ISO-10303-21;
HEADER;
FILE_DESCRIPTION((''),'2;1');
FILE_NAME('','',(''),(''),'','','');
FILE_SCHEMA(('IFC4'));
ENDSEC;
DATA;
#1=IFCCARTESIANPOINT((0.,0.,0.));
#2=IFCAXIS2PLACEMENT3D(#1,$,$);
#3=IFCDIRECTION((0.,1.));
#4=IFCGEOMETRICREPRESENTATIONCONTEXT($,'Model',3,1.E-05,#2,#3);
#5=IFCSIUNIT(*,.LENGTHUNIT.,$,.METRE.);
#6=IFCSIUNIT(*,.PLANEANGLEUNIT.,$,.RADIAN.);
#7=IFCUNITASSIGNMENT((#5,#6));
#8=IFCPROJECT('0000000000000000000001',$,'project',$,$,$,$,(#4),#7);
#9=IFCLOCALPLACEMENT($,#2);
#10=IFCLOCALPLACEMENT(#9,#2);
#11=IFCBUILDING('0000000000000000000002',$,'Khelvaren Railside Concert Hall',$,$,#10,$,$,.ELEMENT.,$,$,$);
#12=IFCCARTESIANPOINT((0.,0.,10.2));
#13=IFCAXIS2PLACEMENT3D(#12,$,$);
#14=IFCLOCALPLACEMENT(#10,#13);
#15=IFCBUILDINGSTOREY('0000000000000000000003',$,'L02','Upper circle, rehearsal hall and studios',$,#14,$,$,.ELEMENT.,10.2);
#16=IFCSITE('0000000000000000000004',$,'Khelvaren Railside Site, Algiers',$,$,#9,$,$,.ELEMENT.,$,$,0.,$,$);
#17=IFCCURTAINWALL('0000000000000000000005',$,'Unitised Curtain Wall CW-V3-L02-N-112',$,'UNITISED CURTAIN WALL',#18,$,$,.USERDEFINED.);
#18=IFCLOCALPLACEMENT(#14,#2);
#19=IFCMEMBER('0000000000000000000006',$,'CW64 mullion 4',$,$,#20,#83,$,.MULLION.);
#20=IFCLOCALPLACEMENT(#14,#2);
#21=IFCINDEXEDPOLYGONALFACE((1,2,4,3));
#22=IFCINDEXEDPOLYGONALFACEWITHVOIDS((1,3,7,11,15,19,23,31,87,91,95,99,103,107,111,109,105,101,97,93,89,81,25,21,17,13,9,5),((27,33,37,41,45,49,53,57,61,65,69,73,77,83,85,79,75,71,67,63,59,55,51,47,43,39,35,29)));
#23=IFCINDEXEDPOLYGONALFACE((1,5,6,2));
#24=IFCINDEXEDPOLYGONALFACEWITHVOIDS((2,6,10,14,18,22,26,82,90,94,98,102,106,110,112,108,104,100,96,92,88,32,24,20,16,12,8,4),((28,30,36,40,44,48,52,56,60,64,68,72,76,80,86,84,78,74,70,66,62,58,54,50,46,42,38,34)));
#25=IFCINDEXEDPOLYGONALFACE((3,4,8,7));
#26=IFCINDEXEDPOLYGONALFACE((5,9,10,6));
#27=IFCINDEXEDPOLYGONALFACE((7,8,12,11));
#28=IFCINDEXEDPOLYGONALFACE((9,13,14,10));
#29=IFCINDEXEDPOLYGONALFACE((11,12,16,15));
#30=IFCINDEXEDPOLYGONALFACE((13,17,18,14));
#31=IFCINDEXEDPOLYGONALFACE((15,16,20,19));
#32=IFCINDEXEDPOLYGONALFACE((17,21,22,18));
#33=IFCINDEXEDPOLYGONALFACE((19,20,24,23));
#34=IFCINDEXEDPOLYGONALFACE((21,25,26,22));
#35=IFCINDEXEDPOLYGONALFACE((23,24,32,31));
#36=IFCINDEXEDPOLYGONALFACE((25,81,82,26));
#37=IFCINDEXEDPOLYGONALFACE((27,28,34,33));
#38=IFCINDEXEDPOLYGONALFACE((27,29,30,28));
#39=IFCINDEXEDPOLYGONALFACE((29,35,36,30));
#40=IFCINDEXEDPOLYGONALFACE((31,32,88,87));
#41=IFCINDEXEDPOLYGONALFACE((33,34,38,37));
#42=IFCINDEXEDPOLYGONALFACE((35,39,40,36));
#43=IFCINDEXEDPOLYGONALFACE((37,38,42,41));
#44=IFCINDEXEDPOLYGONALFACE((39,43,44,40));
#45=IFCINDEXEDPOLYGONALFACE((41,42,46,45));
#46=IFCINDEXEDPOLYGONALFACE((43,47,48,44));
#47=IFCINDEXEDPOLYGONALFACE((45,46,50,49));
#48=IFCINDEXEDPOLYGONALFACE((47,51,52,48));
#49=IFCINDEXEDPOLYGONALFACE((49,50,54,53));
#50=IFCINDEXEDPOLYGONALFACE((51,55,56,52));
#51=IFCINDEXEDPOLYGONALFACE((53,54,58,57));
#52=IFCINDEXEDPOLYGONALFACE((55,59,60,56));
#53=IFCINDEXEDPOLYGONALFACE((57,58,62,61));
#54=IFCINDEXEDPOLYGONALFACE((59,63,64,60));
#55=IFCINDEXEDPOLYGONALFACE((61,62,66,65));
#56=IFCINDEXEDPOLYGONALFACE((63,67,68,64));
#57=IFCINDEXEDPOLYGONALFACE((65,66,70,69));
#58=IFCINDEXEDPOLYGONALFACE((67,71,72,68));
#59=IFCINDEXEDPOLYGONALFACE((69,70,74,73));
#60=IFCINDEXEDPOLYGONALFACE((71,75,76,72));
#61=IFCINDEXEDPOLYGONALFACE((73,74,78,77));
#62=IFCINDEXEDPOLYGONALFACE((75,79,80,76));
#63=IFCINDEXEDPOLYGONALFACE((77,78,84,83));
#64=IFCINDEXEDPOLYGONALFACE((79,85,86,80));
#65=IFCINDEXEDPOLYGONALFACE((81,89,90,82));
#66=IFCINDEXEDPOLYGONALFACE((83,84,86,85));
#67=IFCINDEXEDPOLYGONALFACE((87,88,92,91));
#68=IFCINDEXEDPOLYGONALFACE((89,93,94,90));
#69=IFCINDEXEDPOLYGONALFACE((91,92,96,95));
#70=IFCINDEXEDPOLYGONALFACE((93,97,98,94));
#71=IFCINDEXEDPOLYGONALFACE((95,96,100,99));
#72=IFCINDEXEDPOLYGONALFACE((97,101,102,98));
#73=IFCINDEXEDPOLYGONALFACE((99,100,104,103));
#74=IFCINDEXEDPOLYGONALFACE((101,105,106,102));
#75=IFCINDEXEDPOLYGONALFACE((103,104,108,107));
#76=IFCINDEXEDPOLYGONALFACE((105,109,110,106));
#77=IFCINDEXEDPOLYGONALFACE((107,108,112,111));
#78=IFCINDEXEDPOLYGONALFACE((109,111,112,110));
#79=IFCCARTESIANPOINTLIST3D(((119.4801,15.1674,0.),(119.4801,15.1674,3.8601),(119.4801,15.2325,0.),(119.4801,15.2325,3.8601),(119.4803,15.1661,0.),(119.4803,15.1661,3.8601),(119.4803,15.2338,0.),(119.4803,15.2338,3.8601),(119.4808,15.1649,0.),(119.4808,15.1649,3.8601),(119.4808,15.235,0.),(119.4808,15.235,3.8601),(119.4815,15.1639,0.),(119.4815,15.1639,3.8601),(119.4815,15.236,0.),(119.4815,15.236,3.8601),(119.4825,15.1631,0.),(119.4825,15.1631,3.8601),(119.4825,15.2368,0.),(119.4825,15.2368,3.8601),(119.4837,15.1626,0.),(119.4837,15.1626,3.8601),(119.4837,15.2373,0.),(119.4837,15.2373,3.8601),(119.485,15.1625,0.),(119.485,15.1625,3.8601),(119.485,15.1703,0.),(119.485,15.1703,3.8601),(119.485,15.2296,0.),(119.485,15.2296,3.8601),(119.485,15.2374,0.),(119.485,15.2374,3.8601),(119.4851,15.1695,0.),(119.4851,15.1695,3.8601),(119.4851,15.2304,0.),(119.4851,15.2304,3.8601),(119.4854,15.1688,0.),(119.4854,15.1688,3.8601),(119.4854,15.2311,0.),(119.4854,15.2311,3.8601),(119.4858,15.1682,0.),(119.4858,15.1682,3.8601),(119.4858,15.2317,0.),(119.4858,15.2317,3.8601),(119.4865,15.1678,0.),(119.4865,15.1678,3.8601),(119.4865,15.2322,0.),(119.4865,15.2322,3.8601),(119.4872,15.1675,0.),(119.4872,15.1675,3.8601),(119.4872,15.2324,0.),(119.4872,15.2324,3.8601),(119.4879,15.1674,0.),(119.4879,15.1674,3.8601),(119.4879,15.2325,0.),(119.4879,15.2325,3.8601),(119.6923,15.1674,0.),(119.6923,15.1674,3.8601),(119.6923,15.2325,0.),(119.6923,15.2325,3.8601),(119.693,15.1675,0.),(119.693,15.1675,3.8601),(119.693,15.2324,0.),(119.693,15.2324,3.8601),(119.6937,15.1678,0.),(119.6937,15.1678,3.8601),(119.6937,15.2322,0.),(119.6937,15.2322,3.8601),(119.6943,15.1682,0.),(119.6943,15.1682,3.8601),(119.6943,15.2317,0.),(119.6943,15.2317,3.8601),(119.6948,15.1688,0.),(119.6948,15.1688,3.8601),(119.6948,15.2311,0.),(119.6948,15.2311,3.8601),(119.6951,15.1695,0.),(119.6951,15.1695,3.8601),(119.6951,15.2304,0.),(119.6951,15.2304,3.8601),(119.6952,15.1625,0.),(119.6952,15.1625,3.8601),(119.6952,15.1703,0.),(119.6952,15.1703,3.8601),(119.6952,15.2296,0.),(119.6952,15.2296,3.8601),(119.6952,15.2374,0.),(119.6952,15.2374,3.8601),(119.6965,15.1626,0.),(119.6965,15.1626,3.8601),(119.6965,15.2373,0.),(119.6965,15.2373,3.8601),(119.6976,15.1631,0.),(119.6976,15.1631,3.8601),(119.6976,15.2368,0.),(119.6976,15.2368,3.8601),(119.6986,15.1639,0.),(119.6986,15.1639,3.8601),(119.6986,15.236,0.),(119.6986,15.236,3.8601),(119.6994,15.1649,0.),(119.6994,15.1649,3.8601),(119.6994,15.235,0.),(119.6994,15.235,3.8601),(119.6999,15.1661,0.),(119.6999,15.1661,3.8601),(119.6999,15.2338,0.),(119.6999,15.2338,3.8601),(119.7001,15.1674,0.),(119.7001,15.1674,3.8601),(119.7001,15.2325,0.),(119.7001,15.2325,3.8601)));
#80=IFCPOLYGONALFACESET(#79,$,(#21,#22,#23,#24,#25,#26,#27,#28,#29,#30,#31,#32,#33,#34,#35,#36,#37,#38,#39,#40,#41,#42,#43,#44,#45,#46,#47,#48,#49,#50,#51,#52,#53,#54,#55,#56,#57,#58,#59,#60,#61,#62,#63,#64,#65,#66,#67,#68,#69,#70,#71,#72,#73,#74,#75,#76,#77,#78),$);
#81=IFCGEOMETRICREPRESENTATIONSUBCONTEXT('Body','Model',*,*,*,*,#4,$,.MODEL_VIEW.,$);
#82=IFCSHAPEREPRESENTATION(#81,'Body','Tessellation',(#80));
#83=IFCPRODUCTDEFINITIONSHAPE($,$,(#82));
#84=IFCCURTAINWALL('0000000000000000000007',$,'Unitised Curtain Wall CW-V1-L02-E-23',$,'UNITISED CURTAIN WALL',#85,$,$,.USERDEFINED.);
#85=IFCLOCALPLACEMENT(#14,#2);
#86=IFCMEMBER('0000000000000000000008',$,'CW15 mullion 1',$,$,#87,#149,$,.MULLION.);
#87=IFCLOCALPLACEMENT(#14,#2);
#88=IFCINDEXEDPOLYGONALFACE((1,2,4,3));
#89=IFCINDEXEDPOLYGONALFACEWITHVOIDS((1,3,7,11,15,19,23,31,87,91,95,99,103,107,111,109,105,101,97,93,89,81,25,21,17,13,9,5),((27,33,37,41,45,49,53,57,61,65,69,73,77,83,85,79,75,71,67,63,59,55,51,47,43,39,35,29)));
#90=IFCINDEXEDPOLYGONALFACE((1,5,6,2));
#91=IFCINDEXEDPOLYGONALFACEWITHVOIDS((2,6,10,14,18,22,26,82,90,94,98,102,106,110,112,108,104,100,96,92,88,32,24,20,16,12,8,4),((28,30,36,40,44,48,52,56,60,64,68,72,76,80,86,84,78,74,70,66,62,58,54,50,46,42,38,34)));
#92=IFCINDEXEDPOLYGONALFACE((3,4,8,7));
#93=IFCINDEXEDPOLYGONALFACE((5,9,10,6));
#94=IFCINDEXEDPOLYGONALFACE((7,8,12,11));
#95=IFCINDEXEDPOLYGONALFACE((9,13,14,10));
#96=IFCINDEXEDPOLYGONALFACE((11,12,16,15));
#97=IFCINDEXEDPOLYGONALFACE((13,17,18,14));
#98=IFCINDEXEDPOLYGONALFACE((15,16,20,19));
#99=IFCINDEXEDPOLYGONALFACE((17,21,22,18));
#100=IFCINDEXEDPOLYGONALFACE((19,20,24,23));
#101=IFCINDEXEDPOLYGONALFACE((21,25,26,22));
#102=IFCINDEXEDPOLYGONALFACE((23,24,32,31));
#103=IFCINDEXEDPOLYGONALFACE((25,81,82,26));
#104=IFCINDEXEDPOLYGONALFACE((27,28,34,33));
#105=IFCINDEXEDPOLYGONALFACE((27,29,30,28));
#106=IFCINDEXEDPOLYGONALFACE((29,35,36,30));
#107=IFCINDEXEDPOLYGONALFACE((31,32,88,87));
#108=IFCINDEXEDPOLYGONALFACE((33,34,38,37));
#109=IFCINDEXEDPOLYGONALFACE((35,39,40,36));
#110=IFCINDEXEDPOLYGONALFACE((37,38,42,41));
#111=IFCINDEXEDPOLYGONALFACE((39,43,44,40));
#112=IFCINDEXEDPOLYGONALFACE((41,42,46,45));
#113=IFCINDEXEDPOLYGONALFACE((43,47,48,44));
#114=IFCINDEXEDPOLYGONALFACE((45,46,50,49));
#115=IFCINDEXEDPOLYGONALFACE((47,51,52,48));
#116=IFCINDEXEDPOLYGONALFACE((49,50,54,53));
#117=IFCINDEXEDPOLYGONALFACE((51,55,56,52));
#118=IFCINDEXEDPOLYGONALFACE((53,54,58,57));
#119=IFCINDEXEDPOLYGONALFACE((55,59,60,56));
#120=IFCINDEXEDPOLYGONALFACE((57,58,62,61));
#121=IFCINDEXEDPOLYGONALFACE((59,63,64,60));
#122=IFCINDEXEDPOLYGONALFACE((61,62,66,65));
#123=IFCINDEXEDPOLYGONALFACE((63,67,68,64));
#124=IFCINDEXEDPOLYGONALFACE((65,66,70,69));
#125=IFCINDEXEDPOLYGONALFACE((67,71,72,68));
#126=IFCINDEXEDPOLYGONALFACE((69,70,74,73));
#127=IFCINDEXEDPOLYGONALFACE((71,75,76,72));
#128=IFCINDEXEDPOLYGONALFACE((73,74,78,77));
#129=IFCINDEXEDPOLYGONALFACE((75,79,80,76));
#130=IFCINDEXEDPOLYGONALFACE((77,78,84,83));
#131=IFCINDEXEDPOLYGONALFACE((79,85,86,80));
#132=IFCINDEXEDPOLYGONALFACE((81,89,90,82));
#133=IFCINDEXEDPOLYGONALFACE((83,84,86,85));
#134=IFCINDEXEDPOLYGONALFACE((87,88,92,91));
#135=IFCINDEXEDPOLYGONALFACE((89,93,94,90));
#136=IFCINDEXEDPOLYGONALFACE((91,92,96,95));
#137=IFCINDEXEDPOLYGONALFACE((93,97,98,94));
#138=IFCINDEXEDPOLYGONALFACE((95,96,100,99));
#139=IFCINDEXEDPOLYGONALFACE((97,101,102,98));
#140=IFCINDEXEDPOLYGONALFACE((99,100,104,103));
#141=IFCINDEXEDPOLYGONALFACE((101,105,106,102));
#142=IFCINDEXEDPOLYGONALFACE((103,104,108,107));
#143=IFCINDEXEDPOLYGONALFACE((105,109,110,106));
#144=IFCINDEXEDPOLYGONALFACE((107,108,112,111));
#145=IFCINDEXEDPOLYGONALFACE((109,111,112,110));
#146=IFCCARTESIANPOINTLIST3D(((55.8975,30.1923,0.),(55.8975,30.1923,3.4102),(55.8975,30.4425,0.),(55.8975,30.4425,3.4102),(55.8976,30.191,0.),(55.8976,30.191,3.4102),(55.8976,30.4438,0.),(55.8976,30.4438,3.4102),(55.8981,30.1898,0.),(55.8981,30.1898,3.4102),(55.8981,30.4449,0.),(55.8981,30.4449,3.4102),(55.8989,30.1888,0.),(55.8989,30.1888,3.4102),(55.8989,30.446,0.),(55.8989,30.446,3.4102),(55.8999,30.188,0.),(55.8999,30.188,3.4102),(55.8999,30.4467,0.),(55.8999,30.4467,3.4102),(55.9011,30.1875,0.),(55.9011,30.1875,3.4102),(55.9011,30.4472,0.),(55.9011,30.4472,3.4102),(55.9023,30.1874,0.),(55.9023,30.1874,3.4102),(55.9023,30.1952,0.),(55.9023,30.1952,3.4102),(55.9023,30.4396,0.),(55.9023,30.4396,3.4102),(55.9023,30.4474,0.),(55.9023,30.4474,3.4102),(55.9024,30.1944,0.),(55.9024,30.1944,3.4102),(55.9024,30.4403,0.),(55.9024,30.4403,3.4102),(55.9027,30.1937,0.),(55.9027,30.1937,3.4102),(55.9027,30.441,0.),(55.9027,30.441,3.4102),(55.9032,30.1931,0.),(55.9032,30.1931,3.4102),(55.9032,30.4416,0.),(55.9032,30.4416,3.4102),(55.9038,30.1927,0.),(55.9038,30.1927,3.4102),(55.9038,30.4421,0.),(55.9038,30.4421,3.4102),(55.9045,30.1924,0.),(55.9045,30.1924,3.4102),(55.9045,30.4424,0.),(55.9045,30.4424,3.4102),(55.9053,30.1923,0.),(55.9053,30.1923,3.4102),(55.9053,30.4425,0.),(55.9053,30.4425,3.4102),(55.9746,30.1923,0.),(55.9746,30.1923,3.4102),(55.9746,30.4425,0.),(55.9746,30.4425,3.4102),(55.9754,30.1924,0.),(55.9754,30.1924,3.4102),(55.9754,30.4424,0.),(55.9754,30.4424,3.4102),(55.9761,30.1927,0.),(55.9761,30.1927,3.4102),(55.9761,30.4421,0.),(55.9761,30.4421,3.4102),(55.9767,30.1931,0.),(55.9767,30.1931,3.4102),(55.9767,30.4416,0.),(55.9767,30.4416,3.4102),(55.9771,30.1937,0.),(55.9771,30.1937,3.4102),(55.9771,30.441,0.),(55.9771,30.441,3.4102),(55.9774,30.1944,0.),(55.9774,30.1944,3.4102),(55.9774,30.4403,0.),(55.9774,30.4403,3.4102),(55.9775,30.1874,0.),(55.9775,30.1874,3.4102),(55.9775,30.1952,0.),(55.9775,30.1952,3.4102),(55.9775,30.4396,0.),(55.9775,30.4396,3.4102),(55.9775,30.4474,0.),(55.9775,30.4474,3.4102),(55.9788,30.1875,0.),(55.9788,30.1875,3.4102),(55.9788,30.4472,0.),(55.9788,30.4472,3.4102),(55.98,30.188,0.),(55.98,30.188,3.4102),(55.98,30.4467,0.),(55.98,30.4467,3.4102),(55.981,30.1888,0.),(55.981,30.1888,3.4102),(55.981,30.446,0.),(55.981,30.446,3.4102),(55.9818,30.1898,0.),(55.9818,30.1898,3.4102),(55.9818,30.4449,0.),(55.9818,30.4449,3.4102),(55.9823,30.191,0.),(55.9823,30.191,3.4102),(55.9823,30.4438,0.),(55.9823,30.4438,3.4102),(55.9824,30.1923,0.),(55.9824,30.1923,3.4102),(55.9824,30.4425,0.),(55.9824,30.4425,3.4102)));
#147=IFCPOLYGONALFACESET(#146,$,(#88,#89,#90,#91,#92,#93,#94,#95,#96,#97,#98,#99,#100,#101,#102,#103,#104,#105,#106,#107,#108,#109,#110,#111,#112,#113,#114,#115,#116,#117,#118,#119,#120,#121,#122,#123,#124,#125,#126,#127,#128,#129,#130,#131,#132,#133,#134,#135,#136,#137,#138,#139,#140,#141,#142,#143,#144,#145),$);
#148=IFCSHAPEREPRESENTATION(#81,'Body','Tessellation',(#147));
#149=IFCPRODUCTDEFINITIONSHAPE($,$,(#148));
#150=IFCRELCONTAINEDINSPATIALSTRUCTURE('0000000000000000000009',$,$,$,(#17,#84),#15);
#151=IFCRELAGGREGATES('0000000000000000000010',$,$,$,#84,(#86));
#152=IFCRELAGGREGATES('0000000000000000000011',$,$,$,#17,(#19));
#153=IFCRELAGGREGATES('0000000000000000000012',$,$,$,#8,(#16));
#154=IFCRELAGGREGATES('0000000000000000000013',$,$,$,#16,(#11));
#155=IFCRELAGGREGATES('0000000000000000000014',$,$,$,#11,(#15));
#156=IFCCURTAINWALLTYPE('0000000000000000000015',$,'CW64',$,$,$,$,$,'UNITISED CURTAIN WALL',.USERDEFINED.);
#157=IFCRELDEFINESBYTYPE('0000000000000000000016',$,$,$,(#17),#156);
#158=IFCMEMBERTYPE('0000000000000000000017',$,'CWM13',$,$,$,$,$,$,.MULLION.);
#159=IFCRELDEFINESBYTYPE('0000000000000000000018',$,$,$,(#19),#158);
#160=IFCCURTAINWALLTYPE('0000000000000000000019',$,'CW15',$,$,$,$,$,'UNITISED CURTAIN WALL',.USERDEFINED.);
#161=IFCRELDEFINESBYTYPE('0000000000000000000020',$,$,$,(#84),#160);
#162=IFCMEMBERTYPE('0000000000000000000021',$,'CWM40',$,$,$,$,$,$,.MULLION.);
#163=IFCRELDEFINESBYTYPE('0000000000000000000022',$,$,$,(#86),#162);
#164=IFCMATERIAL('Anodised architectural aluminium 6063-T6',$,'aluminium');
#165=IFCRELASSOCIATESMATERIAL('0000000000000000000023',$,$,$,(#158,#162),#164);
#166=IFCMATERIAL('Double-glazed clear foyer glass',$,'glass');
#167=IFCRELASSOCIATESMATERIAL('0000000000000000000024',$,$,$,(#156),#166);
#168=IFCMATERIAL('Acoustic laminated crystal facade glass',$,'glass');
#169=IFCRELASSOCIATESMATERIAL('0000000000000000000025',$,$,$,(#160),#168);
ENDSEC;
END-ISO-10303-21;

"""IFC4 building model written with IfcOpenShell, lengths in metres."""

from ifc_helpers import new_model, si_unit, direction, frame, origin, origin_2d, place, context, subcontext, project, spatial, hollow_rectangle, extrude, material, material_profile, profile_set, type_object, element, aggregate, save


model = new_model("IFC4")

# Units and contexts
model_context = context("Model", 3, precision=1e-05, world=origin(), true_north=direction((0.0, 1.0)))
body_context = subcontext(model_context, "Body", "Model", "MODEL_VIEW")
ifc_project = project(units=[si_unit("LENGTHUNIT", "METRE"), si_unit("PLANEANGLEUNIT", "RADIAN")], contexts=[model_context])

# Site, building, storey
site_placement = place(None, origin())
site = spatial("IfcSite", under=ifc_project, at=site_placement, Name="Khelvaren Railside Site, Algiers", CompositionType="ELEMENT", RefElevation=0.0)
building_placement = place(site_placement, origin())
building = spatial("IfcBuilding", under=site, at=building_placement, Name="Khelvaren Railside Concert Hall", CompositionType="ELEMENT")
storey_placement = place(building_placement, frame((0.0, 0.0, 10.2)))
storey = spatial("IfcBuildingStorey", under=building, at=storey_placement, Name="L02", Description="Upper circle, rehearsal hall and studios", CompositionType="ELEMENT", Elevation=10.2)

# Shared definitions
ifc_material_1 = material(Name="Anodised architectural aluminium 6063-T6", Category="aluminium")
ifc_material_profile_1 = material_profile(ifc_material_1, hollow_rectangle(XDim=0.075, YDim=0.22, WallThickness=0.0049, InnerFilletRadius=0.0029, OuterFilletRadius=0.0049, at=origin_2d()), Name="CWM 75x220x5")
ifc_profile_set_1 = profile_set([ifc_material_profile_1], Name="Anodised architectural aluminium 6063-T6")
member_type_1 = type_object("IfcMemberType", Name="CWM13", PredefinedType="MULLION", material=ifc_profile_set_1)

# Curtain wall, member
ifc_material_2 = material(Name="Double-glazed clear foyer glass", Category="glass")
curtain_wall_type_1 = type_object("IfcCurtainWallType", Name="CW64", ElementType="UNITISED CURTAIN WALL", PredefinedType="USERDEFINED", material=ifc_material_2)
curtain_wall_1_placement = place(storey_placement, origin())
curtain_wall_1 = element("IfcCurtainWall", 1, at=curtain_wall_1_placement, inside=storey, type_object=curtain_wall_type_1, Name="Unitised Curtain Wall CW-V3-L02-N-112", ObjectType="UNITISED CURTAIN WALL", PredefinedType="USERDEFINED")
member_1_placement = place(storey_placement, frame((119.5901, 15.2, 0.0), z_axis=(0.0, 0.0, 1.0), x_axis=(0.0, 1.0, 0.0)))
member_1 = element("IfcMember", 2, at=member_1_placement, type_object=member_type_1, Name="CW64 mullion 4", PredefinedType="MULLION", context=body_context, shape_type="SweptSolid", body=[
    extrude(hollow_rectangle(XDim=0.075, YDim=0.22, WallThickness=0.0049, InnerFilletRadius=0.0029, OuterFilletRadius=0.0049, at=origin_2d()), origin(), (0.0, 0.0, 1.0), 3.8601),
])

# Curtain wall, member
ifc_material_3 = material(Name="Acoustic laminated crystal facade glass", Category="glass")
curtain_wall_type_2 = type_object("IfcCurtainWallType", Name="CW15", ElementType="UNITISED CURTAIN WALL", PredefinedType="USERDEFINED", material=ifc_material_3)
curtain_wall_2_placement = place(storey_placement, origin())
curtain_wall_2 = element("IfcCurtainWall", 3, at=curtain_wall_2_placement, inside=storey, type_object=curtain_wall_type_2, Name="Unitised Curtain Wall CW-V1-L02-E-23", ObjectType="UNITISED CURTAIN WALL", PredefinedType="USERDEFINED")
ifc_material_profile_2 = material_profile(ifc_material_1, hollow_rectangle(XDim=0.085, YDim=0.26, WallThickness=0.0049, InnerFilletRadius=0.0029, OuterFilletRadius=0.0049, at=origin_2d()), Name="CWM 85x260x5")
ifc_profile_set_2 = profile_set([ifc_material_profile_2], Name="Anodised architectural aluminium 6063-T6")
member_type_2 = type_object("IfcMemberType", Name="CWM40", PredefinedType="MULLION", material=ifc_profile_set_2)
member_2_placement = place(storey_placement, frame((55.9399, 30.3174, 0.0), z_axis=(0.0, 0.0, 1.0), x_axis=(1.0, 0.0, 0.0)))
member_2 = element("IfcMember", 4, at=member_2_placement, type_object=member_type_2, Name="CW15 mullion 1", PredefinedType="MULLION", context=body_context, shape_type="SweptSolid", body=[
    extrude(hollow_rectangle(XDim=0.085, YDim=0.26, WallThickness=0.0049, InnerFilletRadius=0.0029, OuterFilletRadius=0.0049, at=origin_2d()), origin(), (0.0, 0.0, 1.0), 3.4102),
])
aggregate(curtain_wall_2, [member_2])

aggregate(curtain_wall_1, [member_1])

save(model, "model.ifc")
